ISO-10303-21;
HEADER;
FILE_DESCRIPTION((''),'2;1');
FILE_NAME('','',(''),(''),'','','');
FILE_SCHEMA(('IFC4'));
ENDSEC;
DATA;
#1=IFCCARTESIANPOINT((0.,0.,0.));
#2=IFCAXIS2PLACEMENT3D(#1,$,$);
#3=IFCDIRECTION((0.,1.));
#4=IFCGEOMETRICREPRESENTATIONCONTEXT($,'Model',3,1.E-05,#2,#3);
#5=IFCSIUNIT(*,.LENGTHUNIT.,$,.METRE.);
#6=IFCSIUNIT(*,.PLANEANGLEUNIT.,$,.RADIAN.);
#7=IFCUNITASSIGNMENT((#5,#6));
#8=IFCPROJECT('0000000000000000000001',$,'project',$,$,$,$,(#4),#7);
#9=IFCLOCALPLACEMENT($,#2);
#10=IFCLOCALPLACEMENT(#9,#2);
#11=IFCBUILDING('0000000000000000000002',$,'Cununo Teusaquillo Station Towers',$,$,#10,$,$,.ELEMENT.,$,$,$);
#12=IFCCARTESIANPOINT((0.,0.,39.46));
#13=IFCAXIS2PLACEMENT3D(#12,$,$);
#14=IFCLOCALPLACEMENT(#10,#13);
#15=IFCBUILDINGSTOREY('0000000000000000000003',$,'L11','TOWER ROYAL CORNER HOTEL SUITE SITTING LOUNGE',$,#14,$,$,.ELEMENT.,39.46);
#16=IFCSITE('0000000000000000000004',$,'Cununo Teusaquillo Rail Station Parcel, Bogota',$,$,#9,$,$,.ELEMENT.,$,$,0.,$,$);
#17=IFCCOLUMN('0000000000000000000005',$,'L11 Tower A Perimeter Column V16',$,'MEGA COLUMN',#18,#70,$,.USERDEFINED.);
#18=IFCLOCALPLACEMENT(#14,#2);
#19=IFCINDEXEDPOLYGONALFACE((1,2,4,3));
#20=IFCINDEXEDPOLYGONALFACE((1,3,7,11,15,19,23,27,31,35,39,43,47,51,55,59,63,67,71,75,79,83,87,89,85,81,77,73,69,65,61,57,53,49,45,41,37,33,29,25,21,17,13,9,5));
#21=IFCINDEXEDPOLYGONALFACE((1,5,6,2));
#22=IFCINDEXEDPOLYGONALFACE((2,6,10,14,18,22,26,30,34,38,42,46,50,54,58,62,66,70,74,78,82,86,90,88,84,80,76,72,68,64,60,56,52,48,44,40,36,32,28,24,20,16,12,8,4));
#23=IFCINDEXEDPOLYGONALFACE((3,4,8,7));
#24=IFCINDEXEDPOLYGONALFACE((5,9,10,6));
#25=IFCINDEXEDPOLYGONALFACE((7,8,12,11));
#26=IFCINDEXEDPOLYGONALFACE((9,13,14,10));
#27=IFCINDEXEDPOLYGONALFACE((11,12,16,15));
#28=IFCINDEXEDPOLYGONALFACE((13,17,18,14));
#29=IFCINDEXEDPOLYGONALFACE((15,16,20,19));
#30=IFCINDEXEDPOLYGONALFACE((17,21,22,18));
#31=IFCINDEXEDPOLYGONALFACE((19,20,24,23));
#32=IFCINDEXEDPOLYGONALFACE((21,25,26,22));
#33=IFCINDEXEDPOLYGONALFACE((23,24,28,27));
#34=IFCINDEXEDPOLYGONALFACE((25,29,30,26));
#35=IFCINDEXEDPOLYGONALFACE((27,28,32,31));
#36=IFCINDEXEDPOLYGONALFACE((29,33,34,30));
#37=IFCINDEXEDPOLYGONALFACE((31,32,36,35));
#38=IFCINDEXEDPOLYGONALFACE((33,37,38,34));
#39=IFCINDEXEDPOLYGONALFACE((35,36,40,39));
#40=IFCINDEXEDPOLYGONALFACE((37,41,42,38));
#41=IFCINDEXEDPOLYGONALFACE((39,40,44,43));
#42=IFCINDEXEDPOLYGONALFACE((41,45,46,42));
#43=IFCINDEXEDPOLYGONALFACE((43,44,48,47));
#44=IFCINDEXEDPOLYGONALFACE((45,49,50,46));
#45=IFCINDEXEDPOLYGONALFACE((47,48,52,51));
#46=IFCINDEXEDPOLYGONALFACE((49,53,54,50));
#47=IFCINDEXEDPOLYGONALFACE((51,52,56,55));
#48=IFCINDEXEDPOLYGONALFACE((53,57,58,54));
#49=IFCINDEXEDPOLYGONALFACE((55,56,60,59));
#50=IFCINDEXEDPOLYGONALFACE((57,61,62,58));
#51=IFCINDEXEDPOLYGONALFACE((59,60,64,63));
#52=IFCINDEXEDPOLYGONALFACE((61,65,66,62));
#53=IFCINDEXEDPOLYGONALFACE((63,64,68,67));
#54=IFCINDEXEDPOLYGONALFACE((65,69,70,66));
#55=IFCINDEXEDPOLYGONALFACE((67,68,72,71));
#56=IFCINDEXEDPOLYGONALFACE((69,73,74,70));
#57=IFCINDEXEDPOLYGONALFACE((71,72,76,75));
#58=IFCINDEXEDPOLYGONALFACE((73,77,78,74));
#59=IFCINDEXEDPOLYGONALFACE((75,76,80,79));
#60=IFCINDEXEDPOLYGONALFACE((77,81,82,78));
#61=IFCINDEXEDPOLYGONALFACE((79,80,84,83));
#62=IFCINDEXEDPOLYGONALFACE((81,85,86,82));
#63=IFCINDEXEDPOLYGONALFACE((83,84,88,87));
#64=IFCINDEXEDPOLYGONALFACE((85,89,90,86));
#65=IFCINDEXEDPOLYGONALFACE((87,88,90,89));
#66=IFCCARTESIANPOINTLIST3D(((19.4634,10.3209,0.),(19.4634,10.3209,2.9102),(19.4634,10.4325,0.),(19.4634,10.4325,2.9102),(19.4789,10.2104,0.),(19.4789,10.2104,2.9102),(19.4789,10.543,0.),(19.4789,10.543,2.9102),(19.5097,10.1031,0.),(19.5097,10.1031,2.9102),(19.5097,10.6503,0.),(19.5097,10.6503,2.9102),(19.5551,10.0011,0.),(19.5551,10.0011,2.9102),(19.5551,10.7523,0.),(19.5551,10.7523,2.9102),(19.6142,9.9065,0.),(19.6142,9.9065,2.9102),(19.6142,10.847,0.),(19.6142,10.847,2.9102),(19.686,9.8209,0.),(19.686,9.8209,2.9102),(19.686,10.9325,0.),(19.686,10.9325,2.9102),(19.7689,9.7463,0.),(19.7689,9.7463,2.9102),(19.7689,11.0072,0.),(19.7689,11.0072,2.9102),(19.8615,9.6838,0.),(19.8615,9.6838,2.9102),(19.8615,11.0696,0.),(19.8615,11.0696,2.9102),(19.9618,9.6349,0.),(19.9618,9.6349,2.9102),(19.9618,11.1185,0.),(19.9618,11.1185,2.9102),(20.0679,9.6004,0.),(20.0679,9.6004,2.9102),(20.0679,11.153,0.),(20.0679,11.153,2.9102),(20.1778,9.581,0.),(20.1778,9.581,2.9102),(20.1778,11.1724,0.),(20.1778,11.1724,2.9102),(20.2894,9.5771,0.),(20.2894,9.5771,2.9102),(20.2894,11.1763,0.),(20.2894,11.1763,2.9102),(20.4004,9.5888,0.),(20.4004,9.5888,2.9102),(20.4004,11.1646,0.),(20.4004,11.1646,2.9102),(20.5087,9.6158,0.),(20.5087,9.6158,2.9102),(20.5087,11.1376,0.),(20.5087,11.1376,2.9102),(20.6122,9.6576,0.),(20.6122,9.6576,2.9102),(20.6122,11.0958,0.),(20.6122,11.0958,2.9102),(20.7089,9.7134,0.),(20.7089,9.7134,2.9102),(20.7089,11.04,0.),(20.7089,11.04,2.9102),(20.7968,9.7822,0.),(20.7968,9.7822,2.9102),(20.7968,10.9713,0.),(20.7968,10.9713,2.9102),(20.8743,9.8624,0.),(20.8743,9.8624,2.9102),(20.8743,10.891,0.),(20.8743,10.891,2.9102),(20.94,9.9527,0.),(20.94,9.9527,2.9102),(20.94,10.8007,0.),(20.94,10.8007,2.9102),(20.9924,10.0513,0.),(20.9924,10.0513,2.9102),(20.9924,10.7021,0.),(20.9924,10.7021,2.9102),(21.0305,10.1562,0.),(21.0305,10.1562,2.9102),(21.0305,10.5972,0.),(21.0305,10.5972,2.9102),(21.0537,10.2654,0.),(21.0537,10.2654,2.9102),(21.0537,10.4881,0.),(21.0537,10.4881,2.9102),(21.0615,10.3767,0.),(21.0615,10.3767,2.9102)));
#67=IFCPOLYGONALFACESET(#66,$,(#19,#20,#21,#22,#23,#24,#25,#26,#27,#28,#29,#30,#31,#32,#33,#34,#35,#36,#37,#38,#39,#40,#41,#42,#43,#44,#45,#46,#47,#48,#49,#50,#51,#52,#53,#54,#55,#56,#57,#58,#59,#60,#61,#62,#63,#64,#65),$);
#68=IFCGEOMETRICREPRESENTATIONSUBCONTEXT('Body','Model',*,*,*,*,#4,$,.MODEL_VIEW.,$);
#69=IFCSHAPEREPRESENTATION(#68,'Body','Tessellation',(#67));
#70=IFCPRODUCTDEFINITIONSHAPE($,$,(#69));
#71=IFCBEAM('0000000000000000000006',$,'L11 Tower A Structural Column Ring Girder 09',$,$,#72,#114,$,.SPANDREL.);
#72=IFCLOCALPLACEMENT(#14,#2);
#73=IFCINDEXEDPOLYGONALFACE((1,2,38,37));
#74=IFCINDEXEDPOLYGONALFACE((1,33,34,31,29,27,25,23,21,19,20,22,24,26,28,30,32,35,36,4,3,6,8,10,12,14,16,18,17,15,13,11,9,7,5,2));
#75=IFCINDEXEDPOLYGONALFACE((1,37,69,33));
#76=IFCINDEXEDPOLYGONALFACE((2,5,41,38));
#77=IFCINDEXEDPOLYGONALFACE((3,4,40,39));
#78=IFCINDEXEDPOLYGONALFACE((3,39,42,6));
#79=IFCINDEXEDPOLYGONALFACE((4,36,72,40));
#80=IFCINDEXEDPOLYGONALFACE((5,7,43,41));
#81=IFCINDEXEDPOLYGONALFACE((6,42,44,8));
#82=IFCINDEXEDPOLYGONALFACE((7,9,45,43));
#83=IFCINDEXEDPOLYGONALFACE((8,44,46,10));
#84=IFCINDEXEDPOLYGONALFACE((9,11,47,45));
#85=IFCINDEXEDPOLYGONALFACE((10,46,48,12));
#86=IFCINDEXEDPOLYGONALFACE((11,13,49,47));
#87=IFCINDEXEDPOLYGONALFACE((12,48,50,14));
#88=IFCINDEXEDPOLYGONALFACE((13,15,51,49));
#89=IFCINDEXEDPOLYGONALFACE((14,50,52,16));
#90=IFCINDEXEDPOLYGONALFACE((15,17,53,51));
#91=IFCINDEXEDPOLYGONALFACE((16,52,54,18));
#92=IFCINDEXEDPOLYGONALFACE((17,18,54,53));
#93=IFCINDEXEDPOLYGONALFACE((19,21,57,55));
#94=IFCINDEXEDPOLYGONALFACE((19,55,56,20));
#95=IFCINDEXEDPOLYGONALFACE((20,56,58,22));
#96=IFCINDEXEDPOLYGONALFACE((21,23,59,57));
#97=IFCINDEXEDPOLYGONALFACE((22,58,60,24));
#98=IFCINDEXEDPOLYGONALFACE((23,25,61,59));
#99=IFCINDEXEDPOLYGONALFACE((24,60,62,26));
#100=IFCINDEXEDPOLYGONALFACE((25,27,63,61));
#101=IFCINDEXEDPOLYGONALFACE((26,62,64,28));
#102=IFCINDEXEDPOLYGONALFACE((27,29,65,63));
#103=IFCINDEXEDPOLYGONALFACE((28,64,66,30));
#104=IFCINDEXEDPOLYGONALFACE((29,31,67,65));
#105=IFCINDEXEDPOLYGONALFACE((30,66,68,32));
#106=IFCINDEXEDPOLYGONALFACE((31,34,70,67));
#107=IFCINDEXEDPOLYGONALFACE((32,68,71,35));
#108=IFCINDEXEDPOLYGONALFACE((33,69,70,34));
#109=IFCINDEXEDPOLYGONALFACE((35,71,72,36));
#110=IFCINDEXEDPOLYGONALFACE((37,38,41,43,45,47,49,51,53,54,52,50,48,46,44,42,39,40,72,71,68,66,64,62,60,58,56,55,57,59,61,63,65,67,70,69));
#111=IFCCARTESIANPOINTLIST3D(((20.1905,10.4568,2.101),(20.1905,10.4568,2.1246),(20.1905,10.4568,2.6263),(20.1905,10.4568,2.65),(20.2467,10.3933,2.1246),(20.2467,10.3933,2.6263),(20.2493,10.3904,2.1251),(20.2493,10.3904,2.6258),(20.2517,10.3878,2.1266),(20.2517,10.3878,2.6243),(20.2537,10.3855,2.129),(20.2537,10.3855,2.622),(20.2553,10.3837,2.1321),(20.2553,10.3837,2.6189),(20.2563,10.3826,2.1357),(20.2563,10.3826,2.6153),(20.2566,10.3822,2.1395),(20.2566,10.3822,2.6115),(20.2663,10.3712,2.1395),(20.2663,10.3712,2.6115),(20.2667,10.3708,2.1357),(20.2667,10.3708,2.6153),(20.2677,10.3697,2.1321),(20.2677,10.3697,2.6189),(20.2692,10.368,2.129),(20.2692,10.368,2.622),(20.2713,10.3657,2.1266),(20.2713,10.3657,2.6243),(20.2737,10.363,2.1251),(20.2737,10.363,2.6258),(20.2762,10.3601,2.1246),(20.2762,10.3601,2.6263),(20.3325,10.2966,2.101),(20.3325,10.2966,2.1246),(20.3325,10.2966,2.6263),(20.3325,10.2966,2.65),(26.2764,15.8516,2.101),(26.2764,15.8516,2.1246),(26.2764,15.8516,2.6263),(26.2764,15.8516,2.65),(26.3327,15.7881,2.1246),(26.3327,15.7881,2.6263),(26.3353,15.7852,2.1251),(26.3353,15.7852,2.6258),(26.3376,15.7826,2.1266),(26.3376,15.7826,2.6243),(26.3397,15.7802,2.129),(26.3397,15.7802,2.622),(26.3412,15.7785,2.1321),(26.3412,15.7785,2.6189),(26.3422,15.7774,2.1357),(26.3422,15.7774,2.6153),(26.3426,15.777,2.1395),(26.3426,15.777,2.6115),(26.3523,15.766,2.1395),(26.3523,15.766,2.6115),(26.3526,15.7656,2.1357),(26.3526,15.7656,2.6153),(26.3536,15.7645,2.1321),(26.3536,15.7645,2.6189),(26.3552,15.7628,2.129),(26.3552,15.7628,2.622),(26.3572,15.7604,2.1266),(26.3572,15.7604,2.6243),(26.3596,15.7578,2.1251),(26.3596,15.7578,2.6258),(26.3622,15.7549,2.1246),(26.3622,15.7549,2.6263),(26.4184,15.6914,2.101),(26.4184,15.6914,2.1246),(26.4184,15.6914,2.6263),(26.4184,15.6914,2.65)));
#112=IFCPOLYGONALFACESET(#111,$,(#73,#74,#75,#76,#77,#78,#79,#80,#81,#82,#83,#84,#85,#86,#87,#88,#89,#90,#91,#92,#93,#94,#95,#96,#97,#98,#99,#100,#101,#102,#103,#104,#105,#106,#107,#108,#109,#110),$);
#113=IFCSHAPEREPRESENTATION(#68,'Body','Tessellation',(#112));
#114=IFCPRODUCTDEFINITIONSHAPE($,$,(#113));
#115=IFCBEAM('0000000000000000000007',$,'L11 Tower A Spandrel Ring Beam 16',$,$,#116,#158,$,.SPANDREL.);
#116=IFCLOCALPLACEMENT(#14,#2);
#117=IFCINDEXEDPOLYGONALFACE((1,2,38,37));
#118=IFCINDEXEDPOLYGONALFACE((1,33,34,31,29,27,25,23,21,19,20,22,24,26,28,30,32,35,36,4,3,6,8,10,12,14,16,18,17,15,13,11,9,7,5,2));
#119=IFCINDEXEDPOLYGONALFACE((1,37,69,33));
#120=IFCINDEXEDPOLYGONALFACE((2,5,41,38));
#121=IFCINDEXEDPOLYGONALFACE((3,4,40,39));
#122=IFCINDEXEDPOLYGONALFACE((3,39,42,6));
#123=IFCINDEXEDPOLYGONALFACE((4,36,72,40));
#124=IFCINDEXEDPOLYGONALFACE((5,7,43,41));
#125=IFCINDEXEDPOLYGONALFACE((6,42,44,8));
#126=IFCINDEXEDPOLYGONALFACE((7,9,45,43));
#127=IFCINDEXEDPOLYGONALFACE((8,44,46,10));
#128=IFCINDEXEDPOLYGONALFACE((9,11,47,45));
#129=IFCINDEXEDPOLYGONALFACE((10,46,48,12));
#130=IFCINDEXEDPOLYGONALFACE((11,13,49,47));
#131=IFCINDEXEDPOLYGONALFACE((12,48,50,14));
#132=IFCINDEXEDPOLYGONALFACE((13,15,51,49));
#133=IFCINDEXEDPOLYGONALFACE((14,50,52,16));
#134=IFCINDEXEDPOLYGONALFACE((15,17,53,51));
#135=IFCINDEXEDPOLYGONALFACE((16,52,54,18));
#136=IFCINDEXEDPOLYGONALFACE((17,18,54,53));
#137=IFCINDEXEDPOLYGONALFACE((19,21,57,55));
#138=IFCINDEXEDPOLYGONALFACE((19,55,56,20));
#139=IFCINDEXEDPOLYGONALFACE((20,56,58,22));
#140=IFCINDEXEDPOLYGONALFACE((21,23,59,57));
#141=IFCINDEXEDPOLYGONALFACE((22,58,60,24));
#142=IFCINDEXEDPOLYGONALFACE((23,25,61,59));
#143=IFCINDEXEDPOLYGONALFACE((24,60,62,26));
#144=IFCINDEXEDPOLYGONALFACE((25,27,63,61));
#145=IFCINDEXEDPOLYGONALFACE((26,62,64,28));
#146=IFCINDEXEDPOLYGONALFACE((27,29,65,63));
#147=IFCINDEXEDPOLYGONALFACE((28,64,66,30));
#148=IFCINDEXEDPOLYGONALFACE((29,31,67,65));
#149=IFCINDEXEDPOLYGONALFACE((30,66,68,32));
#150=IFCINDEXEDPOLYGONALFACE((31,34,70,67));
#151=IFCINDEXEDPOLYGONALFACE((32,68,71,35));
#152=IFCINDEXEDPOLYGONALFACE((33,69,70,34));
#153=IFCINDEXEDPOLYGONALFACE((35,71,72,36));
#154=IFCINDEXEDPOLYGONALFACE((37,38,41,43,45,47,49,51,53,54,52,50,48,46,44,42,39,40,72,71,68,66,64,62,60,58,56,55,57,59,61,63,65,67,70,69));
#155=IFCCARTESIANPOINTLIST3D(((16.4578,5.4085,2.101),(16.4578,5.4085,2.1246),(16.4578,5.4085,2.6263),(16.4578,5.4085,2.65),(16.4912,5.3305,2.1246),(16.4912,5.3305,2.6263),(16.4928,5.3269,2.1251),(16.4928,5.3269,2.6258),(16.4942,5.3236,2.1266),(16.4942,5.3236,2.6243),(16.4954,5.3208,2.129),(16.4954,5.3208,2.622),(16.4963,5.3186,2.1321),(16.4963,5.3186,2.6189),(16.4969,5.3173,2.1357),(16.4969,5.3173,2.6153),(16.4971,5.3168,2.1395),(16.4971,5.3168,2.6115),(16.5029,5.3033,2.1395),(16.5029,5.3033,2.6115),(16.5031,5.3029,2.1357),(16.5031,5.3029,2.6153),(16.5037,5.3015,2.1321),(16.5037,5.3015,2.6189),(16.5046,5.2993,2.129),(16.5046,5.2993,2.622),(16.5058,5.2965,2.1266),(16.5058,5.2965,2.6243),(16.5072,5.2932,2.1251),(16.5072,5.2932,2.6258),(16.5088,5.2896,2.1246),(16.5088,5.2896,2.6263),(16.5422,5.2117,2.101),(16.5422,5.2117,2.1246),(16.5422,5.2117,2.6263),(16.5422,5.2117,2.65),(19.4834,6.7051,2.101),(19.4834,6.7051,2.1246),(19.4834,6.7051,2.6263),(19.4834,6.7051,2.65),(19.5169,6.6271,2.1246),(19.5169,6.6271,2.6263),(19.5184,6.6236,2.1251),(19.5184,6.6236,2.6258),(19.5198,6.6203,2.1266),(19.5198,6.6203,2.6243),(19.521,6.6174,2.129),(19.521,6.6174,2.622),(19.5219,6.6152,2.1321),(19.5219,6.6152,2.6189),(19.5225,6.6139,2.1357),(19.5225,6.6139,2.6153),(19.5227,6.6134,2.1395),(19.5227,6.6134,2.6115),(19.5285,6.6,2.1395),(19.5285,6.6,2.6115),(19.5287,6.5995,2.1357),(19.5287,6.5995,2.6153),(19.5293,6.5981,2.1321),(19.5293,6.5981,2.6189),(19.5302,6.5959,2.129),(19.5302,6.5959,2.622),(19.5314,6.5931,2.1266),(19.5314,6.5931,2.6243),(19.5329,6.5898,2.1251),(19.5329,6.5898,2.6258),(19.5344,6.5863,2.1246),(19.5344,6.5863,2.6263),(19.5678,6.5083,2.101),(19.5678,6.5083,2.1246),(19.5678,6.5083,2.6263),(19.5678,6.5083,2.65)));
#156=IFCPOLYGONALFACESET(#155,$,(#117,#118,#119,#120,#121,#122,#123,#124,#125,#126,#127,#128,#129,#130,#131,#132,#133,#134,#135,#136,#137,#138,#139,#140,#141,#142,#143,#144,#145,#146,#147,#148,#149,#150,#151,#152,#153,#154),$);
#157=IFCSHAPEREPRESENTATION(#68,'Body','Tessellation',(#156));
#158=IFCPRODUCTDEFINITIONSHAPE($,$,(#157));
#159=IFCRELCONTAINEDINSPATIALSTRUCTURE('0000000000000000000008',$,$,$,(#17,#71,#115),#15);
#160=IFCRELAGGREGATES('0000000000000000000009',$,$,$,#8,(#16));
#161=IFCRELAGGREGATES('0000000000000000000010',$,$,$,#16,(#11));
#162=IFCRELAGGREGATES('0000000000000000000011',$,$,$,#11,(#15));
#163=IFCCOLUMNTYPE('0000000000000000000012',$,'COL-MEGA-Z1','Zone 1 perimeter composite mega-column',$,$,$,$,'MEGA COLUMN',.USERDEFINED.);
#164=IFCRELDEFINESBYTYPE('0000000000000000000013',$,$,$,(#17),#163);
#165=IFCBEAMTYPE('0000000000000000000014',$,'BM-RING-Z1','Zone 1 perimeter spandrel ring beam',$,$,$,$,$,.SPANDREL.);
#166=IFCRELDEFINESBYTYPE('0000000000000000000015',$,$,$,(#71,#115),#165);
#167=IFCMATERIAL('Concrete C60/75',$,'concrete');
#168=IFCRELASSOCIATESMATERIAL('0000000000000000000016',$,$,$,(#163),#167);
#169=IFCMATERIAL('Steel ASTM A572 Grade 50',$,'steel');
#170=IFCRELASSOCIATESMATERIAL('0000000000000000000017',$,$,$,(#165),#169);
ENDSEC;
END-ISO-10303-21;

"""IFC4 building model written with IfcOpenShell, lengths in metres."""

from ifc_helpers import new_model, si_unit, direction, frame, origin, origin_2d, place, context, subcontext, project, spatial, circle, i_section, extrude, material, material_profile, profile_set, type_object, element, save


model = new_model("IFC4")

# Units and contexts
model_context = context("Model", 3, precision=1e-05, world=origin(), true_north=direction((0.0, 1.0)))
body_context = subcontext(model_context, "Body", "Model", "MODEL_VIEW")
ifc_project = project(units=[si_unit("LENGTHUNIT", "METRE"), si_unit("PLANEANGLEUNIT", "RADIAN")], contexts=[model_context])

# Site, building, storey
site_placement = place(None, origin())
site = spatial("IfcSite", under=ifc_project, at=site_placement, Name="Cununo Teusaquillo Rail Station Parcel, Bogota", CompositionType="ELEMENT", RefElevation=0.0)
building_placement = place(site_placement, origin())
building = spatial("IfcBuilding", under=site, at=building_placement, Name="Cununo Teusaquillo Station Towers", CompositionType="ELEMENT")
storey_placement = place(building_placement, frame((0.0, 0.0, 39.46)))
storey = spatial("IfcBuildingStorey", under=building, at=storey_placement, Name="L11", Description="TOWER ROYAL CORNER HOTEL SUITE SITTING LOUNGE", CompositionType="ELEMENT", Elevation=39.46)

# Column
ifc_material_1 = material(Name="Concrete C60/75", Category="concrete")
ifc_material_profile_1 = material_profile(ifc_material_1, circle(Radius=0.8, at=origin_2d()), Name="RC-CIRC-1600")
ifc_profile_set_1 = profile_set([ifc_material_profile_1], Name="Concrete C60/75")
column_type = type_object("IfcColumnType", Name="COL-MEGA-Z1", Description="Zone 1 perimeter composite mega-column", ElementType="MEGA COLUMN", PredefinedType="USERDEFINED", material=ifc_profile_set_1)
column_placement = place(storey_placement, frame((20.2615, 10.3767, 0.0), z_axis=(0.0, 0.0, 1.0), x_axis=(1.0, 0.0, 0.0)))
element("IfcColumn", 1, at=column_placement, inside=storey, type_object=column_type, Name="L11 Tower A Perimeter Column V16", ObjectType="MEGA COLUMN", PredefinedType="USERDEFINED", context=body_context, shape_type="SweptSolid", body=[
    extrude(circle(Radius=0.8, at=origin_2d()), origin(), (0.0, 0.0, 1.0), 2.9102),
])

# Beams
ifc_material_2 = material(Name="Steel ASTM A572 Grade 50", Category="steel")
ifc_material_profile_2 = material_profile(ifc_material_2, i_section(OverallWidth=0.2141, OverallDepth=0.5491, WebThickness=0.0146, FlangeThickness=0.0237, FilletRadius=0.0149, at=origin_2d()), Name="W21X93")
ifc_profile_set_2 = profile_set([ifc_material_profile_2], Name="Steel ASTM A572 Grade 50")
beam_type = type_object("IfcBeamType", Name="BM-RING-Z1", Description="Zone 1 perimeter spandrel ring beam", PredefinedType="SPANDREL", material=ifc_profile_set_2)
beam_1_placement = place(storey_placement, frame((20.2615, 10.3767, 2.3755), z_axis=(0.748321, 0.663337, 0.0), x_axis=(-0.663337, 0.748321, 0.0)))
element("IfcBeam", 2, at=beam_1_placement, inside=storey, type_object=beam_type, Name="L11 Tower A Structural Column Ring Girder 09", PredefinedType="SPANDREL", context=body_context, shape_type="SweptSolid", body=[
    extrude(i_section(OverallWidth=0.2141, OverallDepth=0.5491, WebThickness=0.0146, FlangeThickness=0.0237, FilletRadius=0.0149, at=origin_2d()), origin(), (0.0, 0.0, 1.0), 8.1328),
])
beam_2_placement = place(storey_placement, frame((16.5, 5.3101, 2.3755), z_axis=(0.919153, 0.393901, 0.0), x_axis=(-0.393901, 0.919153, 0.0)))
element("IfcBeam", 3, at=beam_2_placement, inside=storey, type_object=beam_type, Name="L11 Tower A Spandrel Ring Beam 16", PredefinedType="SPANDREL", context=body_context, shape_type="SweptSolid", body=[
    extrude(i_section(OverallWidth=0.2141, OverallDepth=0.5491, WebThickness=0.0146, FlangeThickness=0.0237, FilletRadius=0.0149, at=origin_2d()), origin(), (0.0, 0.0, 1.0), 3.2917),
])

save(model, "model.ifc")
